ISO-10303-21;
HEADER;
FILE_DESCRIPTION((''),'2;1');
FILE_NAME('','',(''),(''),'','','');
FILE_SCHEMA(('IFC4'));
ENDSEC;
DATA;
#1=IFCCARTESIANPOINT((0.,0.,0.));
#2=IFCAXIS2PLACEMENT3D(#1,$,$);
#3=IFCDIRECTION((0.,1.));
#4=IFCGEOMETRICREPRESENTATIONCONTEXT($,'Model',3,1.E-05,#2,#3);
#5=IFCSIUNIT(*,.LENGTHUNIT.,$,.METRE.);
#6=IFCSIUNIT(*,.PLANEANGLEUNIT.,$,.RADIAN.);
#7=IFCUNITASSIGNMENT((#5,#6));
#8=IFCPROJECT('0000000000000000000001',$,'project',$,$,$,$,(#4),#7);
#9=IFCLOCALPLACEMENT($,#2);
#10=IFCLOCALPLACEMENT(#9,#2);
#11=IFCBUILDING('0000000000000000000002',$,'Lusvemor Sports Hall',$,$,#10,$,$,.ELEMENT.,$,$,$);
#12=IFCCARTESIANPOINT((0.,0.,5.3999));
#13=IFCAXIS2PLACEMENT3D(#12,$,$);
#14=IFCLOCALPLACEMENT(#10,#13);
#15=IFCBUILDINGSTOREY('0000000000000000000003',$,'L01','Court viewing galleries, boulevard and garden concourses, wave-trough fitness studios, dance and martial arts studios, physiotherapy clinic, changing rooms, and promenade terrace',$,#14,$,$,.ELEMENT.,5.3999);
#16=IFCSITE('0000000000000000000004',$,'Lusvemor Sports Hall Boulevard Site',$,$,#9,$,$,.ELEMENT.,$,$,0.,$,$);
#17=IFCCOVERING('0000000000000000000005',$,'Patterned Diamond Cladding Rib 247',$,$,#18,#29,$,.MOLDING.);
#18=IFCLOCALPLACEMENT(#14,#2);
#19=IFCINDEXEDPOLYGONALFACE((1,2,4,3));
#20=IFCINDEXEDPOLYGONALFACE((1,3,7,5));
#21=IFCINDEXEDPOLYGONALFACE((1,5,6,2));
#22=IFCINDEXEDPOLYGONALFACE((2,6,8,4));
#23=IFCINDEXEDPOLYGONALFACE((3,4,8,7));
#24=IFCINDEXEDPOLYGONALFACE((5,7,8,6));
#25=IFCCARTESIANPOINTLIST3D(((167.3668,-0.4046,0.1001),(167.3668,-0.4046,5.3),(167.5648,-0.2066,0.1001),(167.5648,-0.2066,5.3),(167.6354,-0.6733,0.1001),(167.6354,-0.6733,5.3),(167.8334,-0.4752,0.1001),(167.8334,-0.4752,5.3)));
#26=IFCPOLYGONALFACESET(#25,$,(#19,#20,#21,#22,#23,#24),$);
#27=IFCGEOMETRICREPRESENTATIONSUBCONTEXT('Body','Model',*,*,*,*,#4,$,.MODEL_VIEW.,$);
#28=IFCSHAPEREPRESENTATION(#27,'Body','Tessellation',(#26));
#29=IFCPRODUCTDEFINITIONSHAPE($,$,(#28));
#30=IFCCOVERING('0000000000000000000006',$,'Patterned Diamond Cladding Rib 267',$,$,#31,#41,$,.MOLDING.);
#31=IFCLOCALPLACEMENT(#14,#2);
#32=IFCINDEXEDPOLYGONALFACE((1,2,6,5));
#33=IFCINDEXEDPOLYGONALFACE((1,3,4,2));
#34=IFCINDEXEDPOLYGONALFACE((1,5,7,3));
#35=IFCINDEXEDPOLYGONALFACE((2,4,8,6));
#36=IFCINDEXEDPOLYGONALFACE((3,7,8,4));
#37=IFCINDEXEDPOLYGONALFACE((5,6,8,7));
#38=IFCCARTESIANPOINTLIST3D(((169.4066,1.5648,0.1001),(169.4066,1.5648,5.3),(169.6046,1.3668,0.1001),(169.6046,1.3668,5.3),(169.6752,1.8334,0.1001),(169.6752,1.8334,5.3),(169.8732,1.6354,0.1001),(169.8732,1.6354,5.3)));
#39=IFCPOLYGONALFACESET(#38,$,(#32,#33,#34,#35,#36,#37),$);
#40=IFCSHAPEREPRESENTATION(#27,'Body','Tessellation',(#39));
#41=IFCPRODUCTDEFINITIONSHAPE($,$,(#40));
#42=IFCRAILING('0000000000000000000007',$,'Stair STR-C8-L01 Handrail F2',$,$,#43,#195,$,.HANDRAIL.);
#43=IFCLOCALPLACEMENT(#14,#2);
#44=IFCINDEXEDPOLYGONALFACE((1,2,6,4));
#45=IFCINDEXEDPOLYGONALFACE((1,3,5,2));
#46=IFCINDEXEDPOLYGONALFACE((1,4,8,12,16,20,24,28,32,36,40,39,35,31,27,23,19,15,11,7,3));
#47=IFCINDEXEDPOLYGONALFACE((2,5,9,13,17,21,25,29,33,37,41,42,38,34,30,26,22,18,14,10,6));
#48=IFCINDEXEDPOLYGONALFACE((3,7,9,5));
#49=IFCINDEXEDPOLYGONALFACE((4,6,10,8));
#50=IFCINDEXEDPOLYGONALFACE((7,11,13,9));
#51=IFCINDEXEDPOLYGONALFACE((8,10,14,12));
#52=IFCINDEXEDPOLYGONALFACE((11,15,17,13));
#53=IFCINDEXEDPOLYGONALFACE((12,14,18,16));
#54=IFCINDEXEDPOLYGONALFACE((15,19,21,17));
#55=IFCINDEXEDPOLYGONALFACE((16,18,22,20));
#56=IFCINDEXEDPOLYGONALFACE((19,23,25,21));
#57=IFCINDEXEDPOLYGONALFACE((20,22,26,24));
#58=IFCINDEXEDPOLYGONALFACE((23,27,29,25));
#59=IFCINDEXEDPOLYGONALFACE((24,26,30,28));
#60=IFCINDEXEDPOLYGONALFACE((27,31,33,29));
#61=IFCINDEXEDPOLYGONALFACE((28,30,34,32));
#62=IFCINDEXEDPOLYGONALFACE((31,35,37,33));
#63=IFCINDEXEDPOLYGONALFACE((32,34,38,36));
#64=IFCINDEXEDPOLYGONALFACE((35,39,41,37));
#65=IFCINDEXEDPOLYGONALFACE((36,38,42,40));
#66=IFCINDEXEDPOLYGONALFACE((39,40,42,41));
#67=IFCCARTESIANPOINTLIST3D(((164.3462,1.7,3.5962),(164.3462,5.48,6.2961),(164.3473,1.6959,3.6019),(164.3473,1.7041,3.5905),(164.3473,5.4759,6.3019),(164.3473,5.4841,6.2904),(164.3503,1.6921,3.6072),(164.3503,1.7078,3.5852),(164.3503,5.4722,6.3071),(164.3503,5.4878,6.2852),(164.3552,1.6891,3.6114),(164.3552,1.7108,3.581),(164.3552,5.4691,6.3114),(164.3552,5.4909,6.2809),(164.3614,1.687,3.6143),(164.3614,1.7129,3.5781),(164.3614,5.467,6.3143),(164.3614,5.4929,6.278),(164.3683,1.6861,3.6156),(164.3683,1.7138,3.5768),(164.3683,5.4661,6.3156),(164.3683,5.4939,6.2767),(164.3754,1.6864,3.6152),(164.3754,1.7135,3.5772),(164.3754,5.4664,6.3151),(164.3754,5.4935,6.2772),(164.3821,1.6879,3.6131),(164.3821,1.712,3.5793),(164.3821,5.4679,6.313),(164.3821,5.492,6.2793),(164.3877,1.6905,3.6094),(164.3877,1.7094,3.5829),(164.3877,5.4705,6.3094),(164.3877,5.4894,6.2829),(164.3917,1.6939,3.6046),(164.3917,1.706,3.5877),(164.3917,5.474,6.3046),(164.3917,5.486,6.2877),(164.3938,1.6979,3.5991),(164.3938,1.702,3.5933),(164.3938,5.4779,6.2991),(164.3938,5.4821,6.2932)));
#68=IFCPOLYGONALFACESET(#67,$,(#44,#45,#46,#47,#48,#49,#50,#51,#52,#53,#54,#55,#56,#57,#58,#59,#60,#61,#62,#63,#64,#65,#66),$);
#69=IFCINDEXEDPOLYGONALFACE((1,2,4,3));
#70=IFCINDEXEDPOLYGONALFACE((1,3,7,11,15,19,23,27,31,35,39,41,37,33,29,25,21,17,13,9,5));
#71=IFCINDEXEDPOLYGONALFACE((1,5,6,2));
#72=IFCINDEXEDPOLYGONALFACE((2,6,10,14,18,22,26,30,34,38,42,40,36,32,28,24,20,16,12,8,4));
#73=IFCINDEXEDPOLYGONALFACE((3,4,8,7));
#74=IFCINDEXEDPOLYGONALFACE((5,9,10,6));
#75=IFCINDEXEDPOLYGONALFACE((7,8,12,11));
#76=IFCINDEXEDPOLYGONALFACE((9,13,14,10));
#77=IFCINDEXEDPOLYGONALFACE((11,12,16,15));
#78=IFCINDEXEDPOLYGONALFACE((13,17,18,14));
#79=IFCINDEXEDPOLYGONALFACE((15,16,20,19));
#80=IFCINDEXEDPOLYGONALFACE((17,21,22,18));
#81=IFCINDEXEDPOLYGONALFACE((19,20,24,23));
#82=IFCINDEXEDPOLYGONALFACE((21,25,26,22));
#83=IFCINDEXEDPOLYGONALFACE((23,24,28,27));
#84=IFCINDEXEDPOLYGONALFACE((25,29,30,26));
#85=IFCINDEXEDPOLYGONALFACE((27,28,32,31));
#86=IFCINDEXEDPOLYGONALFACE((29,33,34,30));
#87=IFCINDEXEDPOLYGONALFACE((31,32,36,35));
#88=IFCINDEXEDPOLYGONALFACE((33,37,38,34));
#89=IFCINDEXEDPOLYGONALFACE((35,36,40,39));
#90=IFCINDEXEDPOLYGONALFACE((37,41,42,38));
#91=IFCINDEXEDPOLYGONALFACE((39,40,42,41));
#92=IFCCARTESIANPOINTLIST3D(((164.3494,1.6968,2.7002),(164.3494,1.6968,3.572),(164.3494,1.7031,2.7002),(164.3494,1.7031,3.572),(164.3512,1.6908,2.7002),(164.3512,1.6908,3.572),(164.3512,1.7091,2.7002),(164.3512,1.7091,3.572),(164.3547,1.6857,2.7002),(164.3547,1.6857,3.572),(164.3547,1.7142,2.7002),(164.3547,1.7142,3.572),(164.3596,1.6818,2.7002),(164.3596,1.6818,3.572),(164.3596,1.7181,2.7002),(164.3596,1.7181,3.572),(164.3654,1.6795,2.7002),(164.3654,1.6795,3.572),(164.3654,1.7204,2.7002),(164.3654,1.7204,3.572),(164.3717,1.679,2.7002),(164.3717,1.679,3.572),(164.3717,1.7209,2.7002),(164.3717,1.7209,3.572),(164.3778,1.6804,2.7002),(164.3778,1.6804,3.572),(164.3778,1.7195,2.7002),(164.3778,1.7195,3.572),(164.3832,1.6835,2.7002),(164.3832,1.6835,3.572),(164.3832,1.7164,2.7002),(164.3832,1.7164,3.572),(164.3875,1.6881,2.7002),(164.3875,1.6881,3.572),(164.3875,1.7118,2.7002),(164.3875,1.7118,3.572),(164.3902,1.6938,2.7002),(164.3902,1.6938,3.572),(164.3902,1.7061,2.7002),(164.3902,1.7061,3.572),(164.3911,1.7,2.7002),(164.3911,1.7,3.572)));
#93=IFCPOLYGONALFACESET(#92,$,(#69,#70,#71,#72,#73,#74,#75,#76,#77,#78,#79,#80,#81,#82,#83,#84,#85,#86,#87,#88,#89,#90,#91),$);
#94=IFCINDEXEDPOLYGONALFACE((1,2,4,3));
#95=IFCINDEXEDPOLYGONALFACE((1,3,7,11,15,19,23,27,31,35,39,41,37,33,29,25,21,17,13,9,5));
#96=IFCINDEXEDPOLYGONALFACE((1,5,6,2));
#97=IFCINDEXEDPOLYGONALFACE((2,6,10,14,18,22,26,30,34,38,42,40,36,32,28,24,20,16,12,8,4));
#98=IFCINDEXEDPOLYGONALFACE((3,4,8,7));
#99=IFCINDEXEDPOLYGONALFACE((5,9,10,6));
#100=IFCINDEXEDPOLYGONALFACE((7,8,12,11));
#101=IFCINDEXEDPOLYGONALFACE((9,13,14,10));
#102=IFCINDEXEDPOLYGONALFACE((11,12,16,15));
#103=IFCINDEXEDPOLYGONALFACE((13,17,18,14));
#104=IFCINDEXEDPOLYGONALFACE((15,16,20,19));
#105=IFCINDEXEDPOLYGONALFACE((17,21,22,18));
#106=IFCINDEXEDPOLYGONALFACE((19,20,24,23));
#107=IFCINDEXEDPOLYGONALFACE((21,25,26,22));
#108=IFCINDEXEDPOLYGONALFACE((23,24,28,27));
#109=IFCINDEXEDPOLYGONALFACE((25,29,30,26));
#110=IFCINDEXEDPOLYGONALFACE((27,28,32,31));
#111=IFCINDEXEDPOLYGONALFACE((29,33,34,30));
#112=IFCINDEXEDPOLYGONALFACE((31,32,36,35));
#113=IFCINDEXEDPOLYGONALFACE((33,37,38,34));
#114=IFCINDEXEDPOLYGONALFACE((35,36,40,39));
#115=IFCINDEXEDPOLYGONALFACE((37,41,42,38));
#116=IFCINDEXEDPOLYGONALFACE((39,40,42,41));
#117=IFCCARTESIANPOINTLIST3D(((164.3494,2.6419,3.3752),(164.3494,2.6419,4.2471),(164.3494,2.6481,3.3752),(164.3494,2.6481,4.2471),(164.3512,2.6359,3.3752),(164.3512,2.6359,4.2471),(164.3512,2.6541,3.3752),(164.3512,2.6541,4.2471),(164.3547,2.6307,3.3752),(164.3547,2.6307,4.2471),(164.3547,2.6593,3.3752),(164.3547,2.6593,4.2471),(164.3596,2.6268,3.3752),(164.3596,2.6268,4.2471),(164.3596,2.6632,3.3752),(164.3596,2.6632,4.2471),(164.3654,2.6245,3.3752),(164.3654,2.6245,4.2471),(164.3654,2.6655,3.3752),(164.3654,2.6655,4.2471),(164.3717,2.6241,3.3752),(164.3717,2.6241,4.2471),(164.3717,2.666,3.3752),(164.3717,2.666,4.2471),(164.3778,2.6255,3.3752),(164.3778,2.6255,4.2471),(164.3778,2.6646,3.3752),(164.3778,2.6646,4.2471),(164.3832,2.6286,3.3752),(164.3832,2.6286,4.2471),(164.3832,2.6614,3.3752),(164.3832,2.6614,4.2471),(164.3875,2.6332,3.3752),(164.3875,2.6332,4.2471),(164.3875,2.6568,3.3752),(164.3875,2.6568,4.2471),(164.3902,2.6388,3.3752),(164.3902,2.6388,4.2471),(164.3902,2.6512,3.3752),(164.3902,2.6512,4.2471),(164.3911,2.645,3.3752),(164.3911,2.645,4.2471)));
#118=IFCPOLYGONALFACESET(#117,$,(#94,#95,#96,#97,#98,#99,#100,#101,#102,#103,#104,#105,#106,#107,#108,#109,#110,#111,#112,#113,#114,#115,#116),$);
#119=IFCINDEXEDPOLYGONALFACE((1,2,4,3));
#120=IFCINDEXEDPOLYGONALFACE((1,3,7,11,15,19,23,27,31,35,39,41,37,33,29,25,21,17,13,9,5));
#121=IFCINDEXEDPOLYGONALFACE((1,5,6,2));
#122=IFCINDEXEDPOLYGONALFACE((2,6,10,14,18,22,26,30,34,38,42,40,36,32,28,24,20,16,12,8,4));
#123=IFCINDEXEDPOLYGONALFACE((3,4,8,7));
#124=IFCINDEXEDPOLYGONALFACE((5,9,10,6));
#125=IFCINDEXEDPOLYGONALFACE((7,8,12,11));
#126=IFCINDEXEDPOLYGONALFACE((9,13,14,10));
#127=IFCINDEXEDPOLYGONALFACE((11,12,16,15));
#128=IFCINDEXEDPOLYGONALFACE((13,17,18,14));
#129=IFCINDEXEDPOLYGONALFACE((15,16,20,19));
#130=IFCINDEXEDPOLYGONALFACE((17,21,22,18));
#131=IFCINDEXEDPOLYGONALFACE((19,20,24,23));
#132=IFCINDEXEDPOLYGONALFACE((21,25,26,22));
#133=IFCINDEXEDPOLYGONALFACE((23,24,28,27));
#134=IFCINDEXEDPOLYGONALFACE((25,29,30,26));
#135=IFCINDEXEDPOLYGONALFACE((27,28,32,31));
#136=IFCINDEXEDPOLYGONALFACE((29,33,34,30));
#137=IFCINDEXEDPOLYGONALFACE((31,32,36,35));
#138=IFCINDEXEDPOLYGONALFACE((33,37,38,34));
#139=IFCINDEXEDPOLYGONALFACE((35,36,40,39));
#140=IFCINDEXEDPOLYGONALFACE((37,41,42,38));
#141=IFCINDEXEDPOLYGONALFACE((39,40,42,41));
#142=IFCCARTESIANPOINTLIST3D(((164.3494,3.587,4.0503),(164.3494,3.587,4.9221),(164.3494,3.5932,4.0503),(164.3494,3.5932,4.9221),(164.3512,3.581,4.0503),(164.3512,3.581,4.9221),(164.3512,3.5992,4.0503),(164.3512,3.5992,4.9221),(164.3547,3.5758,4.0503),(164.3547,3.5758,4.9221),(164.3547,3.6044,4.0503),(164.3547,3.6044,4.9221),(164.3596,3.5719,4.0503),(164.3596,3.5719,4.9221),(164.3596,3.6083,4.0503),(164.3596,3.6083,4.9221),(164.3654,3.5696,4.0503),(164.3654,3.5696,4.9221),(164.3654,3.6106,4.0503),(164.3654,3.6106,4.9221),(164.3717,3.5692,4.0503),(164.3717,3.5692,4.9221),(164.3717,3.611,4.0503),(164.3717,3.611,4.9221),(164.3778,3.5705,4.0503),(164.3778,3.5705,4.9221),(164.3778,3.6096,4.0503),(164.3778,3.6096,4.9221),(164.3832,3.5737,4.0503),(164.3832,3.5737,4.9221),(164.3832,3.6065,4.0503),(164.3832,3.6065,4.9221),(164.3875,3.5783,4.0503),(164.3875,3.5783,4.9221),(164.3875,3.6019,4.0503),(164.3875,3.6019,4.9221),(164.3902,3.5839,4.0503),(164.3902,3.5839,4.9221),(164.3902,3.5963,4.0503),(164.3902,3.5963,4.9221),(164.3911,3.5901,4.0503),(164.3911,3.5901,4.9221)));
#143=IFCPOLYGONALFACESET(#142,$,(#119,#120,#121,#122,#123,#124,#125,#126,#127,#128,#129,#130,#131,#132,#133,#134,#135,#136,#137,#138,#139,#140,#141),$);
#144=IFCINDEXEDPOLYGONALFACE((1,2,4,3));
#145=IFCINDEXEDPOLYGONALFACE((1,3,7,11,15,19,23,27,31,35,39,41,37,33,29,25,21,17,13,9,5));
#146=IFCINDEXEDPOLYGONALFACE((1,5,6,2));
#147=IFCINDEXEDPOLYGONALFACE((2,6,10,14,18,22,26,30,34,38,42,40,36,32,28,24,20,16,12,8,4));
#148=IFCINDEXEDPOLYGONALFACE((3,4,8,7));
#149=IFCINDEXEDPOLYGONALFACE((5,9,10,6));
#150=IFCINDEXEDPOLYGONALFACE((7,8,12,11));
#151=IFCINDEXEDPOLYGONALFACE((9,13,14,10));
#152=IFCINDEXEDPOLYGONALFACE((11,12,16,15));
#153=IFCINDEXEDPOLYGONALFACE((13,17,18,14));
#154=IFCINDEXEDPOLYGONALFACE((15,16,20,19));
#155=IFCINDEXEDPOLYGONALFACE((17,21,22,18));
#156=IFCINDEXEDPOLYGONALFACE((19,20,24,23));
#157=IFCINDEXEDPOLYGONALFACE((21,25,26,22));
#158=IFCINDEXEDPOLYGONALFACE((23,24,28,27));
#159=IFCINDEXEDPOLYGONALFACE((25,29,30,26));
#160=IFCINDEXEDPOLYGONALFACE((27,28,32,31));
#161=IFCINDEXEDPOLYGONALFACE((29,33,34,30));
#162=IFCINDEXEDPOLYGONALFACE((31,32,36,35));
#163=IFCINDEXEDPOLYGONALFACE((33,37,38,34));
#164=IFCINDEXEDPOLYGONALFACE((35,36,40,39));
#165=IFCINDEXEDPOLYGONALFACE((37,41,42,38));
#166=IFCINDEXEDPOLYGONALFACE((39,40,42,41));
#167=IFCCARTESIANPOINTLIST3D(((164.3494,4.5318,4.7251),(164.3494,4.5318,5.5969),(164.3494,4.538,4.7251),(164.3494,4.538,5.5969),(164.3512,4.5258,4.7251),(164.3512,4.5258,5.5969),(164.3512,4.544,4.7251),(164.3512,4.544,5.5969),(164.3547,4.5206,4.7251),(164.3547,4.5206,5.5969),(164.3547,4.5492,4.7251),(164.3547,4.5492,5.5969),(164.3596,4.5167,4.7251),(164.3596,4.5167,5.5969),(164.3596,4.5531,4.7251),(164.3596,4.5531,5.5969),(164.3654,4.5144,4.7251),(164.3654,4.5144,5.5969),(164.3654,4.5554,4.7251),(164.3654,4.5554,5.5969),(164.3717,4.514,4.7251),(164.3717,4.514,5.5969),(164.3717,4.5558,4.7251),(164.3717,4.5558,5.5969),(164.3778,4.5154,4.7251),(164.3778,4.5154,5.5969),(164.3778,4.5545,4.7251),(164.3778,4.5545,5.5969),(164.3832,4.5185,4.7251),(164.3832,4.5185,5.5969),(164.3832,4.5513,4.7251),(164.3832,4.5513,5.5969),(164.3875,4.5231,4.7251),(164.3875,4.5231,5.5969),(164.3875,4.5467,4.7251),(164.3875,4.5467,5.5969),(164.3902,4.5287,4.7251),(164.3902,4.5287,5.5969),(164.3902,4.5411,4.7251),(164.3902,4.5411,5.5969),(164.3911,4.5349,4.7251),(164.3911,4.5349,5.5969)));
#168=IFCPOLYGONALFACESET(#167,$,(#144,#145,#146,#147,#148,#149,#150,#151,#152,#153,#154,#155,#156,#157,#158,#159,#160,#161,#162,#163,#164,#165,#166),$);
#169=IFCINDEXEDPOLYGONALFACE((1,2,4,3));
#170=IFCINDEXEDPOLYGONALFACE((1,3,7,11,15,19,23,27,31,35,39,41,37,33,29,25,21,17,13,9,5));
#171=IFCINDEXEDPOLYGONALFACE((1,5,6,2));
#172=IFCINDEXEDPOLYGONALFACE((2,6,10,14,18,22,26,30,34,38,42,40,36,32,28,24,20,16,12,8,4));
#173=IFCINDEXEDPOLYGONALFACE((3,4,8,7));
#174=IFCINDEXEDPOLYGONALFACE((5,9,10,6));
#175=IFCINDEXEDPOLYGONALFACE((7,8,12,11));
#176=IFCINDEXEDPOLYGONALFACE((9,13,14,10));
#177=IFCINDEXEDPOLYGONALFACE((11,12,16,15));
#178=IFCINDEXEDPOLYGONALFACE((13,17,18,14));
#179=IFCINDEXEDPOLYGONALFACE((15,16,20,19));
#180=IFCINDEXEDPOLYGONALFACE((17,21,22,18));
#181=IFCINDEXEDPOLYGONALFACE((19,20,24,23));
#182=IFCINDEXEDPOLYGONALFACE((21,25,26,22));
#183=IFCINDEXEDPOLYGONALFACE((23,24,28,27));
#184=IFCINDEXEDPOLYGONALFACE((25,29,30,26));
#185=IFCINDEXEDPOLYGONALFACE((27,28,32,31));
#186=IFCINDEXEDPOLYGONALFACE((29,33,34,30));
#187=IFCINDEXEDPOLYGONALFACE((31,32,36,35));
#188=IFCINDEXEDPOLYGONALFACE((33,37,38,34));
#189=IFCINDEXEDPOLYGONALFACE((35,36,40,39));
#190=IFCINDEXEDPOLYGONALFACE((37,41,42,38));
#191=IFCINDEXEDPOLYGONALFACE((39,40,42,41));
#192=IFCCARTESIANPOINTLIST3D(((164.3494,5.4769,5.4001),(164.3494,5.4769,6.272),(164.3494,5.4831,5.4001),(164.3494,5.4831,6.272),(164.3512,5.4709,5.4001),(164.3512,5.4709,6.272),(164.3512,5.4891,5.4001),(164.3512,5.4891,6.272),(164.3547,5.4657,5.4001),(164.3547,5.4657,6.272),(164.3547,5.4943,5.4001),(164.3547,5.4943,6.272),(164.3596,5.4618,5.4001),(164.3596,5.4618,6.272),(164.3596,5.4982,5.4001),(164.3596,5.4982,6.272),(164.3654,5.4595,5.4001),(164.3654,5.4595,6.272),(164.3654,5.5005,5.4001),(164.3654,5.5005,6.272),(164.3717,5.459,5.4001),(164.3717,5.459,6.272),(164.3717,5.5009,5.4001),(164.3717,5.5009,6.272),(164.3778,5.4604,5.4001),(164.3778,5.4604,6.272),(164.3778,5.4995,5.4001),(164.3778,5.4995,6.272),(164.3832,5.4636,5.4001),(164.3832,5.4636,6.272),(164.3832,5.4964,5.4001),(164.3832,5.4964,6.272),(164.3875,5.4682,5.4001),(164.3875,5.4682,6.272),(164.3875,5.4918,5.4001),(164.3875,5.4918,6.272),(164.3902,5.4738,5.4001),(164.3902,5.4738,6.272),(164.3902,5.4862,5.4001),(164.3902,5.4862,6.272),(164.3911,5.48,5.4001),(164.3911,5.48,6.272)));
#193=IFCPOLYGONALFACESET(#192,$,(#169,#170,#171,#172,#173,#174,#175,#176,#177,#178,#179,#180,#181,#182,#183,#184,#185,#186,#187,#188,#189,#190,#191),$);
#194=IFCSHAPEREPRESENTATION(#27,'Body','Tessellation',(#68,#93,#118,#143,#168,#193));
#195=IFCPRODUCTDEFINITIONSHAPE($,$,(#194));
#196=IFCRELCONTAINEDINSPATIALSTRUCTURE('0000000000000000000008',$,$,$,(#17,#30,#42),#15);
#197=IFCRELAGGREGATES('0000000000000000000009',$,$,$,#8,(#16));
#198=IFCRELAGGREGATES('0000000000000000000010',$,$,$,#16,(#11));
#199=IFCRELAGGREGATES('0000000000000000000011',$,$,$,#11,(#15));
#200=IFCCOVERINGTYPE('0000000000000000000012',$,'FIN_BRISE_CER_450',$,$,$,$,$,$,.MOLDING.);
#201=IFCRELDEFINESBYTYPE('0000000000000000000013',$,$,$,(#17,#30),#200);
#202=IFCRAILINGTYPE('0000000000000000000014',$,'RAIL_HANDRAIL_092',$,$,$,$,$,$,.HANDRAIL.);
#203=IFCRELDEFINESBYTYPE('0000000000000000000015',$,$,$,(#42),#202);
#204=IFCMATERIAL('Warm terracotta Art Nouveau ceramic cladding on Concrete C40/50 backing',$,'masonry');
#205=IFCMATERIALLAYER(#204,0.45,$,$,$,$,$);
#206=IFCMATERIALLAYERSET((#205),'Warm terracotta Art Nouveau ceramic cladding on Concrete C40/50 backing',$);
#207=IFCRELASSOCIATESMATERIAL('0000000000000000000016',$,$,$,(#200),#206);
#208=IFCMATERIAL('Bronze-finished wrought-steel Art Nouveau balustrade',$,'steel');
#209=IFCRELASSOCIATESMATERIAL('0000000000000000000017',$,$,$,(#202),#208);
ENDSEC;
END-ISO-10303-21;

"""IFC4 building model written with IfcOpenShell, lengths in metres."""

from ifc_helpers import new_model, si_unit, direction, frame, origin, origin_2d, place, context, subcontext, project, spatial, rectangle, circle, extrude, material, layer, layer_set, type_object, element, save


model = new_model("IFC4")

# Units and contexts
model_context = context("Model", 3, precision=1e-05, world=origin(), true_north=direction((0.0, 1.0)))
body_context = subcontext(model_context, "Body", "Model", "MODEL_VIEW")
ifc_project = project(units=[si_unit("LENGTHUNIT", "METRE"), si_unit("PLANEANGLEUNIT", "RADIAN")], contexts=[model_context])

# Site, building, storey
site_placement = place(None, origin())
site = spatial("IfcSite", under=ifc_project, at=site_placement, Name="Lusvemor Sports Hall Boulevard Site", CompositionType="ELEMENT", RefElevation=0.0)
building_placement = place(site_placement, origin())
building = spatial("IfcBuilding", under=site, at=building_placement, Name="Lusvemor Sports Hall", CompositionType="ELEMENT")
storey_placement = place(building_placement, frame((0.0, 0.0, 5.3999)))
storey = spatial("IfcBuildingStorey", under=building, at=storey_placement, Name="L01", Description="Court viewing galleries, boulevard and garden concourses, wave-trough fitness studios, dance and martial arts studios, physiotherapy clinic, changing rooms, and promenade terrace", CompositionType="ELEMENT", Elevation=5.3999)

# Coverings
ifc_material_1 = material(Name="Warm terracotta Art Nouveau ceramic cladding on Concrete C40/50 backing", Category="masonry")
ifc_layer_1 = layer(ifc_material_1, 0.45)
ifc_layer_set_1 = layer_set([ifc_layer_1], Name="Warm terracotta Art Nouveau ceramic cladding on Concrete C40/50 backing")
covering_type_1 = type_object("IfcCoveringType", Name="FIN_BRISE_CER_450", PredefinedType="MOLDING", material=ifc_layer_set_1)
for number, where, z_axis, x_axis, name in (
    (1, (167.6001, -0.4399, 0.1001), (0.0, 0.0, 1.0), (0.707107, 0.707107, 0.0), "Patterned Diamond Cladding Rib 247"),
):
    element("IfcCovering", number, at=place(storey_placement, frame(where, z_axis=z_axis, x_axis=x_axis)), inside=storey, type_object=covering_type_1, Name=name, PredefinedType="MOLDING", context=body_context, shape_type="SweptSolid", body=[
        extrude(rectangle(XDim=0.28, YDim=0.3799, at=origin_2d()), origin(), (0.0, 0.0, 1.0), 5.2),
    ])
covering_1_placement = place(storey_placement, frame((169.6399, 1.6001, 0.1001), z_axis=(0.0, 0.0, 1.0), x_axis=(0.707107, 0.707107, 0.0)))
element("IfcCovering", 2, at=covering_1_placement, inside=storey, type_object=covering_type_1, Name="Patterned Diamond Cladding Rib 267", PredefinedType="MOLDING", context=body_context, shape_type="SweptSolid", body=[
    extrude(rectangle(XDim=0.3799, YDim=0.28, at=origin_2d()), origin(), (0.0, 0.0, 1.0), 5.2),
])

# Railing
ifc_material_2 = material(Name="Bronze-finished wrought-steel Art Nouveau balustrade", Category="steel")
railing_type = type_object("IfcRailingType", Name="RAIL_HANDRAIL_092", PredefinedType="HANDRAIL", material=ifc_material_2)
railing_placement = place(storey_placement, frame((164.3701, 1.7, 2.7002)))
element("IfcRailing", 3, at=railing_placement, inside=storey, type_object=railing_type, Name="Stair STR-C8-L01 Handrail F2", PredefinedType="HANDRAIL", context=body_context, shape_type="SweptSolid", body=[
    extrude(circle(Radius=0.0239, at=origin_2d()), frame((0.0, 0.0, 0.896), z_axis=(0.0, 0.813741, 0.581228), x_axis=(-1.0, 0.0, 0.0)), (0.0, 0.0, 1.0), 4.6453),
    extrude(circle(Radius=0.021, at=origin_2d()), origin(), (0.0, 0.0, 1.0), 0.8718),
    extrude(circle(Radius=0.021, at=origin_2d()), frame((0.0, 0.9451, 0.675)), (0.0, 0.0, 1.0), 0.8718),
    extrude(circle(Radius=0.021, at=origin_2d()), frame((0.0, 1.8901, 1.3501)), (0.0, 0.0, 1.0), 0.8718),
    extrude(circle(Radius=0.021, at=origin_2d()), frame((0.0, 2.835, 2.0249)), (0.0, 0.0, 1.0), 0.8718),
    extrude(circle(Radius=0.021, at=origin_2d()), frame((0.0, 3.78, 2.7)), (0.0, 0.0, 1.0), 0.8718),
])

save(model, "model.ifc")
